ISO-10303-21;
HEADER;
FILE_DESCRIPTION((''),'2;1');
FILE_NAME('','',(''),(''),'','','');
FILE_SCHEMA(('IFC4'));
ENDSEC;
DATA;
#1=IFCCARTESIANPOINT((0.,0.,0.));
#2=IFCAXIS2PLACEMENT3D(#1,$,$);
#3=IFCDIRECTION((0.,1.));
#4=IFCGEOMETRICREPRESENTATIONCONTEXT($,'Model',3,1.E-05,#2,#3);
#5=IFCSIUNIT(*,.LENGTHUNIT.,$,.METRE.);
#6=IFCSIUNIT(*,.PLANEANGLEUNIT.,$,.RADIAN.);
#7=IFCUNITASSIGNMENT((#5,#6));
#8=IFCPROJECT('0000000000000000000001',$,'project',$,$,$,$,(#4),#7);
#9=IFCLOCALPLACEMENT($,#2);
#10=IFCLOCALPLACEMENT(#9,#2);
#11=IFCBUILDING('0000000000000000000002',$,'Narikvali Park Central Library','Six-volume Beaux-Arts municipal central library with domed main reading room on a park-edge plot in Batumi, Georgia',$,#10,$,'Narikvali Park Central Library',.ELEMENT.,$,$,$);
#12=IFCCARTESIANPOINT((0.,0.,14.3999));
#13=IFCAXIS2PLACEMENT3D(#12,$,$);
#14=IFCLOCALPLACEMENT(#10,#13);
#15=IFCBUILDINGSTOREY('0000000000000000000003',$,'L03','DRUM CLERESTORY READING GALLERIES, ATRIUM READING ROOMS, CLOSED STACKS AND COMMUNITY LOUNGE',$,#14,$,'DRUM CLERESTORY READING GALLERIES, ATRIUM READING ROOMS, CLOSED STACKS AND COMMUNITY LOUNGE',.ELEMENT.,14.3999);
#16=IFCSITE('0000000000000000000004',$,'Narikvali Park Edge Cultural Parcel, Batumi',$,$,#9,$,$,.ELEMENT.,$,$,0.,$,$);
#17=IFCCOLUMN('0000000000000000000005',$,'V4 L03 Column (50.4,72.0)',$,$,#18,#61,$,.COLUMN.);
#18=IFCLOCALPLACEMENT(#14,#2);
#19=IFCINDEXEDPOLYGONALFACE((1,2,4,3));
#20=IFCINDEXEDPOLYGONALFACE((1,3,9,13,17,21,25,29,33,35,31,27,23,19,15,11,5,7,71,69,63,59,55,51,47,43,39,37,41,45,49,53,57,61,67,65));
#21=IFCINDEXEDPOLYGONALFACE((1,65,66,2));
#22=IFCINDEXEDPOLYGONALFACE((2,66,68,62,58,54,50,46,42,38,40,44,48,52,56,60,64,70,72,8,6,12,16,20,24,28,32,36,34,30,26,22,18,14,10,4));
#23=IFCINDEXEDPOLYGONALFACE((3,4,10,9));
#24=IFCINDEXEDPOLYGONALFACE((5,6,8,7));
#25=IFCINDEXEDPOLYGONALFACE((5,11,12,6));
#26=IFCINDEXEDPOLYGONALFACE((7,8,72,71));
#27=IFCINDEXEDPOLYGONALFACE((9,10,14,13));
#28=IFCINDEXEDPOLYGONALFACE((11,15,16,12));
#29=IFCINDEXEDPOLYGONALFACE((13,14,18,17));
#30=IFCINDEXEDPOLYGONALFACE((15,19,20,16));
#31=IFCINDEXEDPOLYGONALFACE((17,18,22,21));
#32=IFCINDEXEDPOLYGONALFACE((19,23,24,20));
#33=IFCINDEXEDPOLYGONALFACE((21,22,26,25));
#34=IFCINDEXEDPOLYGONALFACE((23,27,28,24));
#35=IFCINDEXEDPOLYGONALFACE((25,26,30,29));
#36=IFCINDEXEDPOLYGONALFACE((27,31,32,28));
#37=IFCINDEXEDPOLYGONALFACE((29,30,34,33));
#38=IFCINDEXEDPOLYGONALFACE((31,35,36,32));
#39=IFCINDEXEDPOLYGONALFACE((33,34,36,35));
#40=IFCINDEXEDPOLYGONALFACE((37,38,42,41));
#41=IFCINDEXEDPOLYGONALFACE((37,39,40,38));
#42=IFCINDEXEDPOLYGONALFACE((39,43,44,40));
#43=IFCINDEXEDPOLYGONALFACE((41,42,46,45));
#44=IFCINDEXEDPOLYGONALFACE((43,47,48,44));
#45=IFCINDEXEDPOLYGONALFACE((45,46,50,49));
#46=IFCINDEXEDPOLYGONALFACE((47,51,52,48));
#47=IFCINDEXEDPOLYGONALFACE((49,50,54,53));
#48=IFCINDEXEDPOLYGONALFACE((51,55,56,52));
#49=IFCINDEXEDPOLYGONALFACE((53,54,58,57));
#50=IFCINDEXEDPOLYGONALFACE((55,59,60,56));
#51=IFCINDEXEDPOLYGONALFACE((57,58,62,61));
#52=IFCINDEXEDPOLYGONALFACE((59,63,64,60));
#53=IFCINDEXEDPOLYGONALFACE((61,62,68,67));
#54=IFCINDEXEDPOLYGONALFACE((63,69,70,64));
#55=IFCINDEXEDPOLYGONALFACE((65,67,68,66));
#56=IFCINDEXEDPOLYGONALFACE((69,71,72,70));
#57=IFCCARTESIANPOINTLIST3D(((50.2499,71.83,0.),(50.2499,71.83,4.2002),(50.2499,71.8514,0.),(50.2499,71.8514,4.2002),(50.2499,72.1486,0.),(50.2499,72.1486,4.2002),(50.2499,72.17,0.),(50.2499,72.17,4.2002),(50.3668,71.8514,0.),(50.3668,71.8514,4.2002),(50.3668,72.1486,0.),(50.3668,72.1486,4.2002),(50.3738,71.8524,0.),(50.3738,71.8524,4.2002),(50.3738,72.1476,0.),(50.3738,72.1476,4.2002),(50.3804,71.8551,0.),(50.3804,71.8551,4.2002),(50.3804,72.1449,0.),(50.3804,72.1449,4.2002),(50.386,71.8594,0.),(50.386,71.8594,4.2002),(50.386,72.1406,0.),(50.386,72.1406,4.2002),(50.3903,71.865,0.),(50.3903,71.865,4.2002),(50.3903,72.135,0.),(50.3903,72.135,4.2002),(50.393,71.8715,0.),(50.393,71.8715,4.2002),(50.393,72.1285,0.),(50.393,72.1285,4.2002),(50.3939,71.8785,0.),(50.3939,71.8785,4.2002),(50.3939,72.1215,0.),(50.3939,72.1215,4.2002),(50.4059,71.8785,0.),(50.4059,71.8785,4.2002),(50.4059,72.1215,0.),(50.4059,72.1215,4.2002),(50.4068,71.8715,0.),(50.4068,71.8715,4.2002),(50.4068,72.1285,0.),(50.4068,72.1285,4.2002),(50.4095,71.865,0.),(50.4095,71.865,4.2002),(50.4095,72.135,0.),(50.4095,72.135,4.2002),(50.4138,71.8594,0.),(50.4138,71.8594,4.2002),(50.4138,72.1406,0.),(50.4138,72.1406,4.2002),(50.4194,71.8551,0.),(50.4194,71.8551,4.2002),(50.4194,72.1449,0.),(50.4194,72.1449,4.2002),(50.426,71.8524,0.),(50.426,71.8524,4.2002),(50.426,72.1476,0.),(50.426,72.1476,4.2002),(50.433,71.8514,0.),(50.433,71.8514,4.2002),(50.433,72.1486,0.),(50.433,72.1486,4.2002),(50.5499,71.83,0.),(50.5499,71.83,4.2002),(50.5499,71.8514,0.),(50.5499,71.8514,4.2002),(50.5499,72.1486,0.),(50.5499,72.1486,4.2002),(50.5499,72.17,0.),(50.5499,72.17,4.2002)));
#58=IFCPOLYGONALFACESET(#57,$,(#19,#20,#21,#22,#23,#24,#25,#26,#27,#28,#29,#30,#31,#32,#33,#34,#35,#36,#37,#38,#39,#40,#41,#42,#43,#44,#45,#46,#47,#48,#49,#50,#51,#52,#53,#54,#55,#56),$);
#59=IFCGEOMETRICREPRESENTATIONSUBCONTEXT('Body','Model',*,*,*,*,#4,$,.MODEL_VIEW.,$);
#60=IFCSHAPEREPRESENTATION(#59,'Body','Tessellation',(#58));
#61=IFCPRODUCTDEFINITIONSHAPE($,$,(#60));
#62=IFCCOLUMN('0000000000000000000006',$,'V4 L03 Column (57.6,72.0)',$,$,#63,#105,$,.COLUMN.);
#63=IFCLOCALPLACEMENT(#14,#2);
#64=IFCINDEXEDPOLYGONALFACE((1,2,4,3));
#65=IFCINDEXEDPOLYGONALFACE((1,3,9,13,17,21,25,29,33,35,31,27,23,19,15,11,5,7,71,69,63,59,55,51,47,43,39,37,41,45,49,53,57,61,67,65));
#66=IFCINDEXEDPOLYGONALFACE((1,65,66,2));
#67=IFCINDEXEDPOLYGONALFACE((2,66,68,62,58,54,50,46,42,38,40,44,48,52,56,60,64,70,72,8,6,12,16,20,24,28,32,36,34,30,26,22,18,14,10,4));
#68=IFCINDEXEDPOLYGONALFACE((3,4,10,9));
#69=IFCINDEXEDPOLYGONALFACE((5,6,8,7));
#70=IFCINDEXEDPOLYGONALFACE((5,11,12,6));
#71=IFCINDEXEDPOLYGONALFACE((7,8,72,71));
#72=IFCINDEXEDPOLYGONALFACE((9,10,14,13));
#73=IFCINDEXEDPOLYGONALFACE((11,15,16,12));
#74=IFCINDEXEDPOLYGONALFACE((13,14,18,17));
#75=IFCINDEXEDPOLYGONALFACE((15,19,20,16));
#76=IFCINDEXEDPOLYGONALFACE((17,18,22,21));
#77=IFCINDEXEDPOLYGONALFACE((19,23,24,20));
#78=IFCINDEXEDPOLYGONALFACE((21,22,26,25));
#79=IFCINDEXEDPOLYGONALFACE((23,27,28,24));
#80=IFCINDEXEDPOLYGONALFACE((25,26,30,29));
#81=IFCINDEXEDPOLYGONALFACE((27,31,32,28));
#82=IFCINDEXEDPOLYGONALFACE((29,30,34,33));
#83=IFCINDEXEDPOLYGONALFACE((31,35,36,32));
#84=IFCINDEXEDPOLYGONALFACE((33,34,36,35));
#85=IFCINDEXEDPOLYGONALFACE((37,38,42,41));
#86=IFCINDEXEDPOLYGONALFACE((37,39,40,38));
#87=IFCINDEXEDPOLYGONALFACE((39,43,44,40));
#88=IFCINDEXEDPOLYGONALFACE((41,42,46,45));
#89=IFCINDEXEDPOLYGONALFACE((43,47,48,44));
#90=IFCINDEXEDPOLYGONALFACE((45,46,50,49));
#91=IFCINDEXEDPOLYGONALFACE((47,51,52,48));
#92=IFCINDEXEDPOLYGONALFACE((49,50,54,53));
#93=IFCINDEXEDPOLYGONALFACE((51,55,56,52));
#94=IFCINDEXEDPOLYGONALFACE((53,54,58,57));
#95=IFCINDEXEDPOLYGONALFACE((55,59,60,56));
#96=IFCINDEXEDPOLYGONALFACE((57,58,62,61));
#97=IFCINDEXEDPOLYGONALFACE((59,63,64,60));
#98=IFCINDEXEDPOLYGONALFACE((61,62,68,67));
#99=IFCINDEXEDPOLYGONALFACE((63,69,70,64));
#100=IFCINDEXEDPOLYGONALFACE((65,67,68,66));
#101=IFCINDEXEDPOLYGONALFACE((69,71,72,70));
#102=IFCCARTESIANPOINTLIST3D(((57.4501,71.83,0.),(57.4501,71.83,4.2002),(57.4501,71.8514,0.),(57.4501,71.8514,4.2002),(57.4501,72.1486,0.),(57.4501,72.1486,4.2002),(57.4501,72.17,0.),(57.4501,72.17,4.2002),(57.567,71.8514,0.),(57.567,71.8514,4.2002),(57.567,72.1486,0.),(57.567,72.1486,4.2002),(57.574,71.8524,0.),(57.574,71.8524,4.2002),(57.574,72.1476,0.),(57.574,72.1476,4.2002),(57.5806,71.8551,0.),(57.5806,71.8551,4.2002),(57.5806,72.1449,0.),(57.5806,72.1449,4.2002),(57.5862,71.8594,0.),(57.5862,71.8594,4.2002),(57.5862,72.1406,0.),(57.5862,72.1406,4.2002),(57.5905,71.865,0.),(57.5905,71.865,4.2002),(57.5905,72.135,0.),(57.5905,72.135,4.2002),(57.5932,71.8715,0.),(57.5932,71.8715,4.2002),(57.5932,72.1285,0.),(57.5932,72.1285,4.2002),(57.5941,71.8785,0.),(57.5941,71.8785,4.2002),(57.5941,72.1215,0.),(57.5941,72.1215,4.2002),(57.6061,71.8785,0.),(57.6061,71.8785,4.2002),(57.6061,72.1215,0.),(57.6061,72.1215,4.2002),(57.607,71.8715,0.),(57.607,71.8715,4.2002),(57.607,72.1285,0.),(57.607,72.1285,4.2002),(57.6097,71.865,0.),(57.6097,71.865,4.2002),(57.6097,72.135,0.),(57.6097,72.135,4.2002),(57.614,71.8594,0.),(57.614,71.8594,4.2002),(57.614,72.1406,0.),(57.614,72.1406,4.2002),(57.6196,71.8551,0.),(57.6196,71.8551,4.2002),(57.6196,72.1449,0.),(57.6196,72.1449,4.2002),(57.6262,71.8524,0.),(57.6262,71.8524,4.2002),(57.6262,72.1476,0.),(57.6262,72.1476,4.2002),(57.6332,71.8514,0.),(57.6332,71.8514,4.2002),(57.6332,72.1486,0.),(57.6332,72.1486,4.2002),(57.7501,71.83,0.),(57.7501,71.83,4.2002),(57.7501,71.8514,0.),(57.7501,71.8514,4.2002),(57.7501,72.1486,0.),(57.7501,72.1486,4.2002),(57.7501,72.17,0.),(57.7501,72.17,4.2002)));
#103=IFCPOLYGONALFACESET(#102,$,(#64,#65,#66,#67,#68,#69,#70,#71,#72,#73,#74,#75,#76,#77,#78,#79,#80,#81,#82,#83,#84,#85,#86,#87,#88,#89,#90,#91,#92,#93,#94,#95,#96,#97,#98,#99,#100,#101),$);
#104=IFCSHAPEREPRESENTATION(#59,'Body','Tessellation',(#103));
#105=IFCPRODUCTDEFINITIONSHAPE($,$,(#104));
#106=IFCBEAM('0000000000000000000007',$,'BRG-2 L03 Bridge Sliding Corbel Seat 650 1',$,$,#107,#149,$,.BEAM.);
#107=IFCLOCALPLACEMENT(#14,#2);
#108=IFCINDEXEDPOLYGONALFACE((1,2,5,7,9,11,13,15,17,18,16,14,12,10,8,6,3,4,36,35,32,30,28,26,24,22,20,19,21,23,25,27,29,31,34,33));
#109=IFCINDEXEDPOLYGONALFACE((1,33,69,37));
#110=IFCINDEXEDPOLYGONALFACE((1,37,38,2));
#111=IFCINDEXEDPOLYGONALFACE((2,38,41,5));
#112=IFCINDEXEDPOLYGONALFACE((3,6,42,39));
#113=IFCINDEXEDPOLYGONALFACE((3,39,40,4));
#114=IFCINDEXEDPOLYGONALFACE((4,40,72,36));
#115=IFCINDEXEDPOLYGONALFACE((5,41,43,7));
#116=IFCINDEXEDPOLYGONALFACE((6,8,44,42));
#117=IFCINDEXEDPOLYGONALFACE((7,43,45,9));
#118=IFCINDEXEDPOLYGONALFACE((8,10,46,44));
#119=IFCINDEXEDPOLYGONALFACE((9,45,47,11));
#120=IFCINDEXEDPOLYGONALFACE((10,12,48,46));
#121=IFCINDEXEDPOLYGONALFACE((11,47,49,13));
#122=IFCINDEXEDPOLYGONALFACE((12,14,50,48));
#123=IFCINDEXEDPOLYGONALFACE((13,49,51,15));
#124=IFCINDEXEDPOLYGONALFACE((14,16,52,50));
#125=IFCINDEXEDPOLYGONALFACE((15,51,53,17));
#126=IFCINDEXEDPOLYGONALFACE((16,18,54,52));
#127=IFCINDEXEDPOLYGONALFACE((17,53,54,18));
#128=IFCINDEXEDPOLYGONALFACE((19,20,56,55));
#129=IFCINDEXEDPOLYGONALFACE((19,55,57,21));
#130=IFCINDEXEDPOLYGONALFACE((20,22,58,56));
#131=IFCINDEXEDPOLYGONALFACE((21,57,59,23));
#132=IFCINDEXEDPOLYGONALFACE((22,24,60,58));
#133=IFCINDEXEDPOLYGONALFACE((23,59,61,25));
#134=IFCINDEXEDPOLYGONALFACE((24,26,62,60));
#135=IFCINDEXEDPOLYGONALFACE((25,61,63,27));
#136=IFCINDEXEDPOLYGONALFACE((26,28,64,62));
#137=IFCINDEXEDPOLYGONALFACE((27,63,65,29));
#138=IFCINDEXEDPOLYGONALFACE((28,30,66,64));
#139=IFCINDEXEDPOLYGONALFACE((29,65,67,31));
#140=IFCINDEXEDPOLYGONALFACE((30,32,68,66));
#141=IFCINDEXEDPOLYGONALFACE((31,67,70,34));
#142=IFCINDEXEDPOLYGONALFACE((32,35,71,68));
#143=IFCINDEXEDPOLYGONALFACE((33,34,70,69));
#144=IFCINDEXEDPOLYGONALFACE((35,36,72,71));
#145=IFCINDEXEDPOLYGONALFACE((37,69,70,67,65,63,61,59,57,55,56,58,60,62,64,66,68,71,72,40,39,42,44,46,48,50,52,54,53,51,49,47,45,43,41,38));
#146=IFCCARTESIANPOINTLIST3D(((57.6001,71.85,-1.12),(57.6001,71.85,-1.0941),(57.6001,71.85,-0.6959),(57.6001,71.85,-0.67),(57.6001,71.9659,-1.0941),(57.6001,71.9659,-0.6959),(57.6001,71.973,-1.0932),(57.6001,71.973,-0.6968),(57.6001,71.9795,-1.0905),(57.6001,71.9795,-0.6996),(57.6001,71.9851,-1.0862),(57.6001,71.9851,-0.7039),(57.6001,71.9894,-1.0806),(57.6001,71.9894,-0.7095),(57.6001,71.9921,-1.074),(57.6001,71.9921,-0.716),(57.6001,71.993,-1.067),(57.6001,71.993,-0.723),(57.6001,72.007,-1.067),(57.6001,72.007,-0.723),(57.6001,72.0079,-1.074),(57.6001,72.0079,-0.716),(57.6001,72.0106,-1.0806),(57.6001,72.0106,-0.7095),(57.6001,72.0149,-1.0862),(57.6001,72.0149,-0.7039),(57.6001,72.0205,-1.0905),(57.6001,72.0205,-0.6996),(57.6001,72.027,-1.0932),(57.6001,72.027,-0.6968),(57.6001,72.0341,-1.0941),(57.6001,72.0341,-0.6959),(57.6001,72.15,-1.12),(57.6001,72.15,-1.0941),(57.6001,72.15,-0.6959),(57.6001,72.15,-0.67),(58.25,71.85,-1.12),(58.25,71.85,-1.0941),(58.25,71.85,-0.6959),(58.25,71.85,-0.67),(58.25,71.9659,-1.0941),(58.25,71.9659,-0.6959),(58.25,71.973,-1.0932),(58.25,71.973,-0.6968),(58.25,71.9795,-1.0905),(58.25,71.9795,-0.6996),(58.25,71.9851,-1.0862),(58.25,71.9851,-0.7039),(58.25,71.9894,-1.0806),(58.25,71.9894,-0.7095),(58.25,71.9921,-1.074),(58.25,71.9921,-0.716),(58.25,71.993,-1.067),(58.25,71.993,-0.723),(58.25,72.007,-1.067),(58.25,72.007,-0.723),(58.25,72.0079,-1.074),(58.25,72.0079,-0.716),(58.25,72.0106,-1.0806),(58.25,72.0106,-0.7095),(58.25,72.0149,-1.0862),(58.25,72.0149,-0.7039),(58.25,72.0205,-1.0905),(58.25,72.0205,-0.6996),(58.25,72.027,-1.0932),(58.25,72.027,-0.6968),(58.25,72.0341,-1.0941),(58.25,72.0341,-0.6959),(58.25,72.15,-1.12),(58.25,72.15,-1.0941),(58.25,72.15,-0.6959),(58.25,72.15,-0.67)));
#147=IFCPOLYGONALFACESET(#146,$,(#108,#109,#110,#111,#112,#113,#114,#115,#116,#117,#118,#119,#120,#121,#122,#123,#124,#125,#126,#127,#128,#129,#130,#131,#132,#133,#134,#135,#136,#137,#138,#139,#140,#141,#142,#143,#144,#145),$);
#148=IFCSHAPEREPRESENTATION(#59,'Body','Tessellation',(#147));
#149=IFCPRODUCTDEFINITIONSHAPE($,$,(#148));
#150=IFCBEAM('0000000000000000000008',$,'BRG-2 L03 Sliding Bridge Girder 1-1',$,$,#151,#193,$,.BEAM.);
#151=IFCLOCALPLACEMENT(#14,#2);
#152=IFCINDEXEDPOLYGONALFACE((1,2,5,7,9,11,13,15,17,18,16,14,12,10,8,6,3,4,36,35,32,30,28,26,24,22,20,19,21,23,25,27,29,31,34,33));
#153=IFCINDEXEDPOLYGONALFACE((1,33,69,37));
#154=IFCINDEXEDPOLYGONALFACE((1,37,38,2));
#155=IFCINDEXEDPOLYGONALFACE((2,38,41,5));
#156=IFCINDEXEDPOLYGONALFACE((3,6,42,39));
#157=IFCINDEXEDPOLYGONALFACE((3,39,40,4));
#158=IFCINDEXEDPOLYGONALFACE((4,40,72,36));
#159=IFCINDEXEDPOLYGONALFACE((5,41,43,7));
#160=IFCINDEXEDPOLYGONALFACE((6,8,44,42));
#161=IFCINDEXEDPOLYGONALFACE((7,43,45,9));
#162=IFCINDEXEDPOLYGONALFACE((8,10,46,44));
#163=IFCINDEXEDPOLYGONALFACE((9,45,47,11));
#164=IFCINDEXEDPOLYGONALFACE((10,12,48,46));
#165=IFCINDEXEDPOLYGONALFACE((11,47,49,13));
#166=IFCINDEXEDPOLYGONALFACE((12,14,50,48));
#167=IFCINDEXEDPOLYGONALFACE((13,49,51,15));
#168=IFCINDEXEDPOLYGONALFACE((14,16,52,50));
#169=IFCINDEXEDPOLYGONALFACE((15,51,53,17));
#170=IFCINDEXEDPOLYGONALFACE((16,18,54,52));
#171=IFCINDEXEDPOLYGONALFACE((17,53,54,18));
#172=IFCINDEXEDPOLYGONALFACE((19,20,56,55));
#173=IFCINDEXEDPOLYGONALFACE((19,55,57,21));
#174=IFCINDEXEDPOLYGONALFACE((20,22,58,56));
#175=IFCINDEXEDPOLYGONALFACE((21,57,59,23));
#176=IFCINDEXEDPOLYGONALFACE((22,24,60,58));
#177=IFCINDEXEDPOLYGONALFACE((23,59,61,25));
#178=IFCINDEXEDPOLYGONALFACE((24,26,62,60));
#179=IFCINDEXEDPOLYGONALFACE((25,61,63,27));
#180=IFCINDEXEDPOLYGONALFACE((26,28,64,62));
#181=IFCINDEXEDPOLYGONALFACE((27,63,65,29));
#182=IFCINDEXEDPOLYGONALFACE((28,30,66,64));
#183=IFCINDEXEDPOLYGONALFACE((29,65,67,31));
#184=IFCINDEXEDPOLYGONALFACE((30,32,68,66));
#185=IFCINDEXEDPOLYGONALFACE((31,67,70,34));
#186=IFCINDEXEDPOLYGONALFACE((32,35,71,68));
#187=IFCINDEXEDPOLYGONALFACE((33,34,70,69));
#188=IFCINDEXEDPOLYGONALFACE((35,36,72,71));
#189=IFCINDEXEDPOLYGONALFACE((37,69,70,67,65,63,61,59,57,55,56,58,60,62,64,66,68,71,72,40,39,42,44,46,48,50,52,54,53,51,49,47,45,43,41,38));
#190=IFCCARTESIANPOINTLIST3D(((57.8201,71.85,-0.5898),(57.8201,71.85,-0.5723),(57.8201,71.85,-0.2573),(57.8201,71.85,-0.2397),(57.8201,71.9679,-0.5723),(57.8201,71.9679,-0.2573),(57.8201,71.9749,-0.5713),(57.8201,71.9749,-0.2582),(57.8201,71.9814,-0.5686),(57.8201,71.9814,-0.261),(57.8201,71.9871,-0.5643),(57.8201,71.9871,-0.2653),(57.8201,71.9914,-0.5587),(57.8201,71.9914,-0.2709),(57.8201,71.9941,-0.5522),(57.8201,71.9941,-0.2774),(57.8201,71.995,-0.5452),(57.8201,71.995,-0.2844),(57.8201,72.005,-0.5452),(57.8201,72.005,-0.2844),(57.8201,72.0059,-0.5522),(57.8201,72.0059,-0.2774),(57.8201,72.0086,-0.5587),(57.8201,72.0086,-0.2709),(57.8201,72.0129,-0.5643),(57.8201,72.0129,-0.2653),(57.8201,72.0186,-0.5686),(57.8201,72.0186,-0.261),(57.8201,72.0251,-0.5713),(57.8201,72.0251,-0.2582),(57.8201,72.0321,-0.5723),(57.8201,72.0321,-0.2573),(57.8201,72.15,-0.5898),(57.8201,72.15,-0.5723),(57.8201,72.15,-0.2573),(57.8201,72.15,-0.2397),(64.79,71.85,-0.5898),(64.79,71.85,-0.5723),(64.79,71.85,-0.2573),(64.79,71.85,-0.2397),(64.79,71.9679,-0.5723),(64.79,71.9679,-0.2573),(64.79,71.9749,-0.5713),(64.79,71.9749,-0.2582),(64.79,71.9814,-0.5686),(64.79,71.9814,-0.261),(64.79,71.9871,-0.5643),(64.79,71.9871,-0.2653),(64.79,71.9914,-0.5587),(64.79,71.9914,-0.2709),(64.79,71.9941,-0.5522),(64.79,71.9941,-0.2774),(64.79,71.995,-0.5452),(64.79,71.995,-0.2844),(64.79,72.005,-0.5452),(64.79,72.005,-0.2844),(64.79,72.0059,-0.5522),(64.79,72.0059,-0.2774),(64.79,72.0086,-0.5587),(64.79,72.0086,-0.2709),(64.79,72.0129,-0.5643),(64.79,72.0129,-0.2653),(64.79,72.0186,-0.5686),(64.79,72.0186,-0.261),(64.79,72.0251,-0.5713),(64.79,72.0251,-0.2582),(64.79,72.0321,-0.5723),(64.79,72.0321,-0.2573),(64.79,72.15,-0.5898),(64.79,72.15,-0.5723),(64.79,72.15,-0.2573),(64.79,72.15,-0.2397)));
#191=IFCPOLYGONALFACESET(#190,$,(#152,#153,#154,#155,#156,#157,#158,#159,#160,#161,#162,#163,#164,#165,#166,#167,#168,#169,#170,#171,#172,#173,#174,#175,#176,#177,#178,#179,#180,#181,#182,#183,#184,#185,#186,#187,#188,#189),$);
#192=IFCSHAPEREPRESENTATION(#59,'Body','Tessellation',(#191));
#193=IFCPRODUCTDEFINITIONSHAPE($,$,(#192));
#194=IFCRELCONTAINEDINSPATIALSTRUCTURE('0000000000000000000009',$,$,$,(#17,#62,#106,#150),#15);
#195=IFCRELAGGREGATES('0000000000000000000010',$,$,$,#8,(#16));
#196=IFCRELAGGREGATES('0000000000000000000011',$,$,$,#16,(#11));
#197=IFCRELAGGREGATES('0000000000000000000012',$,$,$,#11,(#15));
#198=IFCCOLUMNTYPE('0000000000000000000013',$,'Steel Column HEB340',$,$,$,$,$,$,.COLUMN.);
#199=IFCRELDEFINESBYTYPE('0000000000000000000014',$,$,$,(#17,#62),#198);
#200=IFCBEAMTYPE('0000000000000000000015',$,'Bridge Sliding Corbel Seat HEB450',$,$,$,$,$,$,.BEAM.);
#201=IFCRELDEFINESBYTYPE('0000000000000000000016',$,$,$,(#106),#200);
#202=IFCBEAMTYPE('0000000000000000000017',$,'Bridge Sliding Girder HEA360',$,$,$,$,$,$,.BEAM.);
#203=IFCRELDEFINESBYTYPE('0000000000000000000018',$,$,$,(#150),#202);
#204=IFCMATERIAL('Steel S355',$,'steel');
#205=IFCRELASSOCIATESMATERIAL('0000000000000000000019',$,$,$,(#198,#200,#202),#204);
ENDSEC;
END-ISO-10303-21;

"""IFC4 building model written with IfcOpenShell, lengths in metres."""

from ifc_helpers import new_model, si_unit, direction, frame, origin, origin_2d, place, context, subcontext, project, spatial, i_section, extrude, material, material_profile, profile_set, type_object, element, save


model = new_model("IFC4")

# Units and contexts
model_context = context("Model", 3, precision=1e-05, world=origin(), true_north=direction((0.0, 1.0)))
body_context = subcontext(model_context, "Body", "Model", "MODEL_VIEW")
ifc_project = project(units=[si_unit("LENGTHUNIT", "METRE"), si_unit("PLANEANGLEUNIT", "RADIAN")], contexts=[model_context])

# Site, building, storey
site_placement = place(None, origin())
site = spatial("IfcSite", under=ifc_project, at=site_placement, Name="Narikvali Park Edge Cultural Parcel, Batumi", CompositionType="ELEMENT", RefElevation=0.0)
building_placement = place(site_placement, origin())
building = spatial("IfcBuilding", under=site, at=building_placement, Name="Narikvali Park Central Library", Description="Six-volume Beaux-Arts municipal central library with domed main reading room on a park-edge plot in Batumi, Georgia", LongName="Narikvali Park Central Library", CompositionType="ELEMENT")
storey_placement = place(building_placement, frame((0.0, 0.0, 14.3999)))
storey = spatial("IfcBuildingStorey", under=building, at=storey_placement, Name="L03", Description="DRUM CLERESTORY READING GALLERIES, ATRIUM READING ROOMS, CLOSED STACKS AND COMMUNITY LOUNGE", LongName="DRUM CLERESTORY READING GALLERIES, ATRIUM READING ROOMS, CLOSED STACKS AND COMMUNITY LOUNGE", CompositionType="ELEMENT", Elevation=14.3999)

# Columns
ifc_material_1 = material(Name="Steel S355", Category="steel")
ifc_material_profile_1 = material_profile(ifc_material_1, i_section(OverallWidth=0.3, OverallDepth=0.3401, WebThickness=0.012, FlangeThickness=0.0215, FilletRadius=0.0271, at=origin_2d()), Name="HEB 340")
ifc_profile_set_1 = profile_set([ifc_material_profile_1], Name="Steel S355")
column_type = type_object("IfcColumnType", Name="Steel Column HEB340", PredefinedType="COLUMN", material=ifc_profile_set_1)
for number, where, z_axis, x_axis, name in (
    (1, (50.3999, 72.0, 0.0), (0.0, 0.0, 1.0), (1.0, 0.0, 0.0), "V4 L03 Column (50.4,72.0)"),
    (2, (57.6001, 72.0, 0.0), (0.0, 0.0, 1.0), (1.0, 0.0, 0.0), "V4 L03 Column (57.6,72.0)"),
):
    element("IfcColumn", number, at=place(storey_placement, frame(where, z_axis=z_axis, x_axis=x_axis)), inside=storey, type_object=column_type, Name=name, PredefinedType="COLUMN", context=body_context, shape_type="SweptSolid", body=[
        extrude(i_section(OverallWidth=0.3, OverallDepth=0.3401, WebThickness=0.012, FlangeThickness=0.0215, FilletRadius=0.0271, at=origin_2d()), origin(), (0.0, 0.0, 1.0), 4.2002),
    ])

# Beams
ifc_material_profile_2 = material_profile(ifc_material_1, i_section(OverallWidth=0.3, OverallDepth=0.45, WebThickness=0.0139, FlangeThickness=0.0259, FilletRadius=0.0271, at=origin_2d()), Name="HEB 450")
ifc_profile_set_2 = profile_set([ifc_material_profile_2], Name="Steel S355")
beam_type_1 = type_object("IfcBeamType", Name="Bridge Sliding Corbel Seat HEB450", PredefinedType="BEAM", material=ifc_profile_set_2)
beam_1_placement = place(storey_placement, frame((57.6001, 72.0, -0.895), z_axis=(1.0, 0.0, 0.0), x_axis=(0.0, 1.0, 0.0)))
element("IfcBeam", 3, at=beam_1_placement, inside=storey, type_object=beam_type_1, Name="BRG-2 L03 Bridge Sliding Corbel Seat 650 1", PredefinedType="BEAM", context=body_context, shape_type="SweptSolid", body=[
    extrude(i_section(OverallWidth=0.3, OverallDepth=0.45, WebThickness=0.0139, FlangeThickness=0.0259, FilletRadius=0.0271, at=origin_2d()), origin(), (0.0, 0.0, 1.0), 0.6499),
])
ifc_material_profile_3 = material_profile(ifc_material_1, i_section(OverallWidth=0.3, OverallDepth=0.3501, WebThickness=0.01, FlangeThickness=0.0176, FilletRadius=0.0271, at=origin_2d()), Name="HEA 360")
ifc_profile_set_3 = profile_set([ifc_material_profile_3], Name="Steel S355")
beam_type_2 = type_object("IfcBeamType", Name="Bridge Sliding Girder HEA360", PredefinedType="BEAM", material=ifc_profile_set_3)
beam_2_placement = place(storey_placement, frame((57.8201, 72.0, -0.4148), z_axis=(1.0, 0.0, 0.0), x_axis=(0.0, 1.0, 0.0)))
element("IfcBeam", 4, at=beam_2_placement, inside=storey, type_object=beam_type_2, Name="BRG-2 L03 Sliding Bridge Girder 1-1", PredefinedType="BEAM", context=body_context, shape_type="SweptSolid", body=[
    extrude(i_section(OverallWidth=0.3, OverallDepth=0.3501, WebThickness=0.01, FlangeThickness=0.0176, FilletRadius=0.0271, at=origin_2d()), origin(), (0.0, 0.0, 1.0), 6.97),
])

save(model, "model.ifc")
